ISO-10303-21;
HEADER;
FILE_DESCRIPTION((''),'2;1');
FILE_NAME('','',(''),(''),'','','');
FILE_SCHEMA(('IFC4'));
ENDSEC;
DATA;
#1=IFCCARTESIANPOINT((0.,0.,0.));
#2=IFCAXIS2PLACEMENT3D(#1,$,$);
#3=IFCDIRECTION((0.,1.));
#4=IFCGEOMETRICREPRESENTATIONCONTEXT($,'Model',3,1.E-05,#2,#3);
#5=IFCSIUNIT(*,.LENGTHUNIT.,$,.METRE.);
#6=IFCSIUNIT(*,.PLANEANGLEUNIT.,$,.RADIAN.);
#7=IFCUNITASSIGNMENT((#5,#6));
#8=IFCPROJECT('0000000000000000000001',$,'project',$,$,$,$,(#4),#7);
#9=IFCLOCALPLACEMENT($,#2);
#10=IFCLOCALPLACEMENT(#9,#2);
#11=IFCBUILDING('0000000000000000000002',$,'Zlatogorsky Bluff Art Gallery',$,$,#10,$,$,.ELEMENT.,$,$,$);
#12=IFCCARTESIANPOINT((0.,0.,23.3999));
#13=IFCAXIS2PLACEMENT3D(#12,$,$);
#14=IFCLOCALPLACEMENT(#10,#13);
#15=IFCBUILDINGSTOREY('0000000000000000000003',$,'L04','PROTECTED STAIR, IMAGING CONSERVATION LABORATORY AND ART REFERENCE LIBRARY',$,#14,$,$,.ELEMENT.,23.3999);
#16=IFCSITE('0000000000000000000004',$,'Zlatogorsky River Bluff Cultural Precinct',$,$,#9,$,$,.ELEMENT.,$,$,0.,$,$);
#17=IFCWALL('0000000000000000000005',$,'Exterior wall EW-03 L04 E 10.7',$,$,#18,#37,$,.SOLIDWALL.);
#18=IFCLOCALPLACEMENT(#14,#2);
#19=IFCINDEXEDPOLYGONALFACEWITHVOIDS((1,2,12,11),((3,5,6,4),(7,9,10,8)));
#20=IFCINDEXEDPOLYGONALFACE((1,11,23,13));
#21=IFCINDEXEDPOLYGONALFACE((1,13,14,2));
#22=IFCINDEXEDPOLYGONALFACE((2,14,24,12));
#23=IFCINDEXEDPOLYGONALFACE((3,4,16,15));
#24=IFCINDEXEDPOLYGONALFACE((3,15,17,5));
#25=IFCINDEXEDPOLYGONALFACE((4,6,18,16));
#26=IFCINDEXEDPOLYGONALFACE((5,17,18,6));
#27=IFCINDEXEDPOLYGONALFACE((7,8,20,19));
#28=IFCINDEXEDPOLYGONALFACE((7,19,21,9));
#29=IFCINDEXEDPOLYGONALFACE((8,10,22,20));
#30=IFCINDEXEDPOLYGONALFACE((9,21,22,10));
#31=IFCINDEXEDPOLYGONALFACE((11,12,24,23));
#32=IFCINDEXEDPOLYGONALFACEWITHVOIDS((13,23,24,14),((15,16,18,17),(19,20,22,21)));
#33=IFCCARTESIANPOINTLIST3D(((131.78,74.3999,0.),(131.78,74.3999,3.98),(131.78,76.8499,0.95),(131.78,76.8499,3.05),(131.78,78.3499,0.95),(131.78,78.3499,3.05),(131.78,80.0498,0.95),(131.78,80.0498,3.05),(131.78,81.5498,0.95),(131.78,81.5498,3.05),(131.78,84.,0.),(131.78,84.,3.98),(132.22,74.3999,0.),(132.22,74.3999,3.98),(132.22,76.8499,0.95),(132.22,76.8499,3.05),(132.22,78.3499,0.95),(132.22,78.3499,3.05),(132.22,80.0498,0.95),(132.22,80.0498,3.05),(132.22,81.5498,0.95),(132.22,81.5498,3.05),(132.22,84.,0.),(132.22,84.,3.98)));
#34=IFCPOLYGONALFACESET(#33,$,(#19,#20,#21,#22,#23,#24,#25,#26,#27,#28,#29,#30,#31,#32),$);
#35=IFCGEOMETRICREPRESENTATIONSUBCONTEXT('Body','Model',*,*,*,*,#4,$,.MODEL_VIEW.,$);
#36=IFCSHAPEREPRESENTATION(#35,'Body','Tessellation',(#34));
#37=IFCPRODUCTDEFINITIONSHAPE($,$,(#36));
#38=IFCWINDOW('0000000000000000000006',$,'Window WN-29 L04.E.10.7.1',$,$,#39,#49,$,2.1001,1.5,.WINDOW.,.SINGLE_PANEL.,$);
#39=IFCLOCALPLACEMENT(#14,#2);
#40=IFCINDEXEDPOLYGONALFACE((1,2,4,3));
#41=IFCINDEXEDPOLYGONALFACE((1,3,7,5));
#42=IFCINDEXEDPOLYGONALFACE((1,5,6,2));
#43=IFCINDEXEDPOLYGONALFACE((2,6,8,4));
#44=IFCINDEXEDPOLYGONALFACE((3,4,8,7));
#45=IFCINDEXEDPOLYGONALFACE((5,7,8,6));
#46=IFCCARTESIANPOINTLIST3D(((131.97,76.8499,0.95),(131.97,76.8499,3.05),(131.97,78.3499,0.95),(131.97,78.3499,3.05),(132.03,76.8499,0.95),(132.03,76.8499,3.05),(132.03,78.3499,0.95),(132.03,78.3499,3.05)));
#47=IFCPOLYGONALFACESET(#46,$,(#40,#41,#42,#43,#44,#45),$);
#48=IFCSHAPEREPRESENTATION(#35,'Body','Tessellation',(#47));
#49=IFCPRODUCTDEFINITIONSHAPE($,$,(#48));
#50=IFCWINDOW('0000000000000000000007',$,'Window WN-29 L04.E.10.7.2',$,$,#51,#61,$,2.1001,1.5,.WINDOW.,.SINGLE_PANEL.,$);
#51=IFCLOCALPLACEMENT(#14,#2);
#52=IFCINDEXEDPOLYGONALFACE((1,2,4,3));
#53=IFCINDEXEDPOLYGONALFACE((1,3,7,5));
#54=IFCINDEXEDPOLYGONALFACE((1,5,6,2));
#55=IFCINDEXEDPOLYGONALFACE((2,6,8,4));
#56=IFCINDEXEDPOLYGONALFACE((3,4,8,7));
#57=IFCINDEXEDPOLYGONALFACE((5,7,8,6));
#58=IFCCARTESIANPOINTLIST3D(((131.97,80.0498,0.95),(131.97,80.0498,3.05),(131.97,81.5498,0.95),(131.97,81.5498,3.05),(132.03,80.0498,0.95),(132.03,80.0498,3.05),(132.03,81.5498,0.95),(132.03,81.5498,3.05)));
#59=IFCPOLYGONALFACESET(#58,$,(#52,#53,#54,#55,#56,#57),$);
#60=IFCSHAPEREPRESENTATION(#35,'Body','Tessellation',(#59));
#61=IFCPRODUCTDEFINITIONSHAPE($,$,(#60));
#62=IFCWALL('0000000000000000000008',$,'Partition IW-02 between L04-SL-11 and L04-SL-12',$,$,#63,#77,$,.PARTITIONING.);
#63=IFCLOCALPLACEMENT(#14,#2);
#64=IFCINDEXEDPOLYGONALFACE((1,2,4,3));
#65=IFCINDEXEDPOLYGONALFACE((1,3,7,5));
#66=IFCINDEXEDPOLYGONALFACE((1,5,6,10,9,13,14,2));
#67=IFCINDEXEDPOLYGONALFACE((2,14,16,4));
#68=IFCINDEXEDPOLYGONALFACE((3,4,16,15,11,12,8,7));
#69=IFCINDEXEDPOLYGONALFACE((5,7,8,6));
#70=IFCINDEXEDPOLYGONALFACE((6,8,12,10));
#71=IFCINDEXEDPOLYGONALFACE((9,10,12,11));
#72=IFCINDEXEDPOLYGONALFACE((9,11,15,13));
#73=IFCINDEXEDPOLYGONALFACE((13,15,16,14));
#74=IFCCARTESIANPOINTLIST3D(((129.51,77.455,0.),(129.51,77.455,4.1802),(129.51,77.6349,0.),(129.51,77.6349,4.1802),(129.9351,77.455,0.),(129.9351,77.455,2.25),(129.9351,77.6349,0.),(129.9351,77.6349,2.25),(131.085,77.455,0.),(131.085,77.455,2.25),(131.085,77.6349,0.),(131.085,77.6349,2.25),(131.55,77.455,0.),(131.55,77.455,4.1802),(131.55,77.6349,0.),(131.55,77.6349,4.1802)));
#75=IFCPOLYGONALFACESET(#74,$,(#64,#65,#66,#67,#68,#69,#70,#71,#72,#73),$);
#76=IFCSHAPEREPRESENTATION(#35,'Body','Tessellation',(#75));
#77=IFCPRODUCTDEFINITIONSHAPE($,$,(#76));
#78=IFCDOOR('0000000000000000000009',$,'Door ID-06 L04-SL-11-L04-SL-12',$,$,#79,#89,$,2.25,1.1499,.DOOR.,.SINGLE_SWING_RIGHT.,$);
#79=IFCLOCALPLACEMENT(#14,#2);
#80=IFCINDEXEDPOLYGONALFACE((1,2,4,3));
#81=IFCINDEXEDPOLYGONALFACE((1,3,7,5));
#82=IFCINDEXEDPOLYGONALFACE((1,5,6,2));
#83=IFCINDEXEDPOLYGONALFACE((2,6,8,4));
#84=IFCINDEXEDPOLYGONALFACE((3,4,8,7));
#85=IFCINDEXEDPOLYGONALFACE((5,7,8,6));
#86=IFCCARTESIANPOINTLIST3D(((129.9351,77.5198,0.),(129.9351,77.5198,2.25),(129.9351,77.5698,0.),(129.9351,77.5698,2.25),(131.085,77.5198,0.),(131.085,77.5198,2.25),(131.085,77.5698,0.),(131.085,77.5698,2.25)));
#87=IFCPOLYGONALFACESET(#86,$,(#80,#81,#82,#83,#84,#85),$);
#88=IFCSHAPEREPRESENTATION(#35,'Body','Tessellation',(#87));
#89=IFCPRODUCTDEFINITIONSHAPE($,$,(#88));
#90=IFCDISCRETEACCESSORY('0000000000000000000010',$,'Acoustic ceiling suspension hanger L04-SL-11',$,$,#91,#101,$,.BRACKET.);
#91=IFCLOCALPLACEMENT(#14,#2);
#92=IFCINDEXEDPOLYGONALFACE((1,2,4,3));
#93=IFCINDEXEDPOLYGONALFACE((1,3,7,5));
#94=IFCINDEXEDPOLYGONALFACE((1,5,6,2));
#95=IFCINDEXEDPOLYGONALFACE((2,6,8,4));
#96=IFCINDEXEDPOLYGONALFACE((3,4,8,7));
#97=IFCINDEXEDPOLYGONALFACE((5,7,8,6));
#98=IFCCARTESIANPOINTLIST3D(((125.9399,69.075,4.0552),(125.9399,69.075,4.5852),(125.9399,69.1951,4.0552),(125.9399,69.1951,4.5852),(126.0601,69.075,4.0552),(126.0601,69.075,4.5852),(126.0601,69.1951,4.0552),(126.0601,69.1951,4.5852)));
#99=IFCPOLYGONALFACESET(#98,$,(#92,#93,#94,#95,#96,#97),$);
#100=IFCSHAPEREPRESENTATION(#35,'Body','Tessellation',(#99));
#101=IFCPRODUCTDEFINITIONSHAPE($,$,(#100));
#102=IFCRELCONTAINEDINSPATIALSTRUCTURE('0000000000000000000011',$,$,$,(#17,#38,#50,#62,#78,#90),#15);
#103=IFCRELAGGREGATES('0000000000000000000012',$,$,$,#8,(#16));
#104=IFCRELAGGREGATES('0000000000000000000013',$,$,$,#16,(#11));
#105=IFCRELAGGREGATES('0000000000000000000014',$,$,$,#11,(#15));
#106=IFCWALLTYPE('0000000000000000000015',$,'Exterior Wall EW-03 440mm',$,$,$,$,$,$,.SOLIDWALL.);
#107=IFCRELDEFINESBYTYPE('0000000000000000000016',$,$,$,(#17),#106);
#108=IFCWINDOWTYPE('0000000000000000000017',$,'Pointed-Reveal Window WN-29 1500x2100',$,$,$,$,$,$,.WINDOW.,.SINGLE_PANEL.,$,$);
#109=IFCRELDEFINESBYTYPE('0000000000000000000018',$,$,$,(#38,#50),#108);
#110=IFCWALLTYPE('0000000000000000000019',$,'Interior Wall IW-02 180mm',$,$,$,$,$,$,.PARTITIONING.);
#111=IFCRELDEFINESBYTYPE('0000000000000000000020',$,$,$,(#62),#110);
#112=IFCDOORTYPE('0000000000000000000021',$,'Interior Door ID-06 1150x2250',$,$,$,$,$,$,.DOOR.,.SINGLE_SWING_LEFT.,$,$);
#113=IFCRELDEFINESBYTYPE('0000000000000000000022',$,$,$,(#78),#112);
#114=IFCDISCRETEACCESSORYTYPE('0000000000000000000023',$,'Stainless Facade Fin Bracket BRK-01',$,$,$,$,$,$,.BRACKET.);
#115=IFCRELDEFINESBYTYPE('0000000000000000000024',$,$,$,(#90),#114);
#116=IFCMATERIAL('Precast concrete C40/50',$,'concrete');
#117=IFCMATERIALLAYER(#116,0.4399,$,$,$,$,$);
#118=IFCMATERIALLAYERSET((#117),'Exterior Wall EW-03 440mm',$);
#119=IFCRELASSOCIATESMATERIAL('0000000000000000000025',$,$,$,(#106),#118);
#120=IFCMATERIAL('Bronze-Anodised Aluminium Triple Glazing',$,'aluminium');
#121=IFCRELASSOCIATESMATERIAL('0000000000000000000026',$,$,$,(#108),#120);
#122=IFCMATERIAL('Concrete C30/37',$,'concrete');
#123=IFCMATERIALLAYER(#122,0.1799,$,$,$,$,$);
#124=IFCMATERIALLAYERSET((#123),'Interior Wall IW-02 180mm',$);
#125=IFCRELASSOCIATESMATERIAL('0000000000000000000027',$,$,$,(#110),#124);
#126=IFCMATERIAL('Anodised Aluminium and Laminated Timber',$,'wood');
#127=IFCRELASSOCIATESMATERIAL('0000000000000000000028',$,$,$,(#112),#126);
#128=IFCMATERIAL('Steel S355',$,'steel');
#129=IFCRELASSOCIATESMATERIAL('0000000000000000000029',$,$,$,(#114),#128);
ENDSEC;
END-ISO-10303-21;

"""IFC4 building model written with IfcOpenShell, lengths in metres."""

from ifc_helpers import new_model, si_unit, direction, frame, frame_2d, origin, origin_2d, place, context, subcontext, project, spatial, rectangle, extrude, material, layer, layer_set, type_object, element, fill, save


model = new_model("IFC4")

# Units and contexts
model_context = context("Model", 3, precision=1e-05, world=origin(), true_north=direction((0.0, 1.0)))
body_context = subcontext(model_context, "Body", "Model", "MODEL_VIEW")
ifc_project = project(units=[si_unit("LENGTHUNIT", "METRE"), si_unit("PLANEANGLEUNIT", "RADIAN")], contexts=[model_context])

# Site, building, storey
site_placement = place(None, origin())
site = spatial("IfcSite", under=ifc_project, at=site_placement, Name="Zlatogorsky River Bluff Cultural Precinct", CompositionType="ELEMENT", RefElevation=0.0)
building_placement = place(site_placement, origin())
building = spatial("IfcBuilding", under=site, at=building_placement, Name="Zlatogorsky Bluff Art Gallery", CompositionType="ELEMENT")
storey_placement = place(building_placement, frame((0.0, 0.0, 23.3999)))
storey = spatial("IfcBuildingStorey", under=building, at=storey_placement, Name="L04", Description="PROTECTED STAIR, IMAGING CONSERVATION LABORATORY AND ART REFERENCE LIBRARY", CompositionType="ELEMENT", Elevation=23.3999)

# Shared definitions
ifc_material_1 = material(Name="Steel S355", Category="steel")

# Wall, openings, windows
ifc_material_2 = material(Name="Precast concrete C40/50", Category="concrete")
ifc_material_3 = material(Name="Bronze-Anodised Aluminium Triple Glazing", Category="aluminium")
ifc_layer_1 = layer(ifc_material_2, 0.4399)
ifc_layer_set_1 = layer_set([ifc_layer_1], Name="Exterior Wall EW-03 440mm")
wall_type_1 = type_object("IfcWallType", Name="Exterior Wall EW-03 440mm", PredefinedType="SOLIDWALL", material=ifc_layer_set_1)
wall_1_placement = place(storey_placement, frame((132.0, 74.3999, 0.0), z_axis=(0.0, 0.0, 1.0), x_axis=(0.0, 1.0, 0.0)))
wall_1 = element("IfcWall", 1, at=wall_1_placement, inside=storey, type_object=wall_type_1, Name="Exterior wall EW-03 L04 E 10.7", PredefinedType="SOLIDWALL", context=body_context, shape_type="SweptSolid", body=[
    extrude(rectangle(XDim=9.6001, YDim=0.4399, at=frame_2d((4.8, 0.0))), origin(), (0.0, 0.0, 1.0), 3.98),
])
opening_1_placement = place(wall_1_placement, frame((2.45, 0.0, 0.95)))
opening_1 = element("IfcOpeningElement", 2, at=opening_1_placement, cuts=wall_1, PredefinedType="OPENING", context=body_context, shape_type="SweptSolid", body=[
    extrude(rectangle(XDim=1.5, YDim=2.1001, at=frame_2d((0.75, 1.05))), frame((0.0, 0.23, 0.0), z_axis=(0.0, -1.0, 0.0), x_axis=(1.0, 0.0, 0.0)), (0.0, 0.0, 1.0), 0.46),
])
opening_2_placement = place(wall_1_placement, frame((5.6499, 0.0, 0.95)))
opening_2 = element("IfcOpeningElement", 3, at=opening_2_placement, cuts=wall_1, PredefinedType="OPENING", context=body_context, shape_type="SweptSolid", body=[
    extrude(rectangle(XDim=1.5, YDim=2.1001, at=frame_2d((0.75, 1.05))), frame((0.0, 0.23, 0.0), z_axis=(0.0, -1.0, 0.0), x_axis=(1.0, 0.0, 0.0)), (0.0, 0.0, 1.0), 0.46),
])
window_type_1 = type_object("IfcWindowType", Name="Pointed-Reveal Window WN-29 1500x2100", PartitioningType="SINGLE_PANEL", PredefinedType="WINDOW", material=ifc_material_3)
window_1_placement = place(opening_1_placement, origin())
window_1 = element("IfcWindow", 4, at=window_1_placement, inside=storey, type_object=window_type_1, Name="Window WN-29 L04.E.10.7.1", OverallHeight=2.1001, OverallWidth=1.5, PartitioningType="SINGLE_PANEL", PredefinedType="WINDOW", context=body_context, shape_type="SweptSolid", body=[
    extrude(rectangle(XDim=1.5, YDim=2.1001, at=frame_2d((0.75, 1.05))), frame((0.0, 0.03, 0.0), z_axis=(0.0, -1.0, 0.0), x_axis=(1.0, 0.0, 0.0)), (0.0, 0.0, 1.0), 0.0601),
])
fill(opening_1, window_1)
window_2_placement = place(opening_2_placement, origin())
window_2 = element("IfcWindow", 5, at=window_2_placement, inside=storey, type_object=window_type_1, Name="Window WN-29 L04.E.10.7.2", OverallHeight=2.1001, OverallWidth=1.5, PartitioningType="SINGLE_PANEL", PredefinedType="WINDOW", context=body_context, shape_type="SweptSolid", body=[
    extrude(rectangle(XDim=1.5, YDim=2.1001, at=frame_2d((0.75, 1.05))), frame((0.0, 0.03, 0.0), z_axis=(0.0, -1.0, 0.0), x_axis=(1.0, 0.0, 0.0)), (0.0, 0.0, 1.0), 0.0601),
])
fill(opening_2, window_2)

# Wall, opening, door
ifc_material_4 = material(Name="Concrete C30/37", Category="concrete")
ifc_layer_2 = layer(ifc_material_4, 0.1799)
ifc_layer_set_2 = layer_set([ifc_layer_2], Name="Interior Wall IW-02 180mm")
wall_type_2 = type_object("IfcWallType", Name="Interior Wall IW-02 180mm", PredefinedType="PARTITIONING", material=ifc_layer_set_2)
wall_2_placement = place(storey_placement, frame((129.51, 77.5449, 0.0), z_axis=(0.0, 0.0, 1.0), x_axis=(1.0, 0.0, 0.0)))
wall_2 = element("IfcWall", 6, at=wall_2_placement, inside=storey, type_object=wall_type_2, Name="Partition IW-02 between L04-SL-11 and L04-SL-12", PredefinedType="PARTITIONING", context=body_context, shape_type="SweptSolid", body=[
    extrude(rectangle(XDim=2.04, YDim=0.1799, at=frame_2d((1.02, 0.0))), origin(), (0.0, 0.0, 1.0), 4.1802),
])
opening_3_placement = place(wall_2_placement, frame((0.425, 0.0, 0.0)))
opening_3 = element("IfcOpeningElement", 7, at=opening_3_placement, cuts=wall_2, PredefinedType="OPENING", context=body_context, shape_type="SweptSolid", body=[
    extrude(rectangle(XDim=1.1499, YDim=2.25, at=frame_2d((0.575, 1.125))), frame((0.0, 0.0999, 0.0), z_axis=(0.0, -1.0, 0.0), x_axis=(1.0, 0.0, 0.0)), (0.0, 0.0, 1.0), 0.2),
])
ifc_material_5 = material(Name="Anodised Aluminium and Laminated Timber", Category="wood")
door_type = type_object("IfcDoorType", Name="Interior Door ID-06 1150x2250", OperationType="SINGLE_SWING_LEFT", PredefinedType="DOOR", material=ifc_material_5)
door_placement = place(opening_3_placement, origin())
door = element("IfcDoor", 8, at=door_placement, inside=storey, type_object=door_type, Name="Door ID-06 L04-SL-11-L04-SL-12", OperationType="SINGLE_SWING_RIGHT", OverallHeight=2.25, OverallWidth=1.1499, PredefinedType="DOOR", context=body_context, shape_type="SweptSolid", body=[
    extrude(rectangle(XDim=1.1499, YDim=2.25, at=frame_2d((0.575, 1.125))), frame((0.0, 0.0249, 0.0), z_axis=(0.0, -1.0, 0.0), x_axis=(1.0, 0.0, 0.0)), (0.0, 0.0, 1.0), 0.05),
])
fill(opening_3, door)

# Discrete accessory
discrete_accessory_type = type_object("IfcDiscreteAccessoryType", Name="Stainless Facade Fin Bracket BRK-01", PredefinedType="BRACKET", material=ifc_material_1)
discrete_accessory_placement = place(storey_placement, frame((126.0, 69.135, 4.0552), z_axis=(0.0, 0.0, 1.0), x_axis=(1.0, 0.0, 0.0)))
element("IfcDiscreteAccessory", 9, at=discrete_accessory_placement, inside=storey, type_object=discrete_accessory_type, Name="Acoustic ceiling suspension hanger L04-SL-11", PredefinedType="BRACKET", context=body_context, shape_type="SweptSolid", body=[
    extrude(rectangle(XDim=0.1201, YDim=0.1201, at=origin_2d()), origin(), (0.0, 0.0, 1.0), 0.53),
])

save(model, "model.ifc")
